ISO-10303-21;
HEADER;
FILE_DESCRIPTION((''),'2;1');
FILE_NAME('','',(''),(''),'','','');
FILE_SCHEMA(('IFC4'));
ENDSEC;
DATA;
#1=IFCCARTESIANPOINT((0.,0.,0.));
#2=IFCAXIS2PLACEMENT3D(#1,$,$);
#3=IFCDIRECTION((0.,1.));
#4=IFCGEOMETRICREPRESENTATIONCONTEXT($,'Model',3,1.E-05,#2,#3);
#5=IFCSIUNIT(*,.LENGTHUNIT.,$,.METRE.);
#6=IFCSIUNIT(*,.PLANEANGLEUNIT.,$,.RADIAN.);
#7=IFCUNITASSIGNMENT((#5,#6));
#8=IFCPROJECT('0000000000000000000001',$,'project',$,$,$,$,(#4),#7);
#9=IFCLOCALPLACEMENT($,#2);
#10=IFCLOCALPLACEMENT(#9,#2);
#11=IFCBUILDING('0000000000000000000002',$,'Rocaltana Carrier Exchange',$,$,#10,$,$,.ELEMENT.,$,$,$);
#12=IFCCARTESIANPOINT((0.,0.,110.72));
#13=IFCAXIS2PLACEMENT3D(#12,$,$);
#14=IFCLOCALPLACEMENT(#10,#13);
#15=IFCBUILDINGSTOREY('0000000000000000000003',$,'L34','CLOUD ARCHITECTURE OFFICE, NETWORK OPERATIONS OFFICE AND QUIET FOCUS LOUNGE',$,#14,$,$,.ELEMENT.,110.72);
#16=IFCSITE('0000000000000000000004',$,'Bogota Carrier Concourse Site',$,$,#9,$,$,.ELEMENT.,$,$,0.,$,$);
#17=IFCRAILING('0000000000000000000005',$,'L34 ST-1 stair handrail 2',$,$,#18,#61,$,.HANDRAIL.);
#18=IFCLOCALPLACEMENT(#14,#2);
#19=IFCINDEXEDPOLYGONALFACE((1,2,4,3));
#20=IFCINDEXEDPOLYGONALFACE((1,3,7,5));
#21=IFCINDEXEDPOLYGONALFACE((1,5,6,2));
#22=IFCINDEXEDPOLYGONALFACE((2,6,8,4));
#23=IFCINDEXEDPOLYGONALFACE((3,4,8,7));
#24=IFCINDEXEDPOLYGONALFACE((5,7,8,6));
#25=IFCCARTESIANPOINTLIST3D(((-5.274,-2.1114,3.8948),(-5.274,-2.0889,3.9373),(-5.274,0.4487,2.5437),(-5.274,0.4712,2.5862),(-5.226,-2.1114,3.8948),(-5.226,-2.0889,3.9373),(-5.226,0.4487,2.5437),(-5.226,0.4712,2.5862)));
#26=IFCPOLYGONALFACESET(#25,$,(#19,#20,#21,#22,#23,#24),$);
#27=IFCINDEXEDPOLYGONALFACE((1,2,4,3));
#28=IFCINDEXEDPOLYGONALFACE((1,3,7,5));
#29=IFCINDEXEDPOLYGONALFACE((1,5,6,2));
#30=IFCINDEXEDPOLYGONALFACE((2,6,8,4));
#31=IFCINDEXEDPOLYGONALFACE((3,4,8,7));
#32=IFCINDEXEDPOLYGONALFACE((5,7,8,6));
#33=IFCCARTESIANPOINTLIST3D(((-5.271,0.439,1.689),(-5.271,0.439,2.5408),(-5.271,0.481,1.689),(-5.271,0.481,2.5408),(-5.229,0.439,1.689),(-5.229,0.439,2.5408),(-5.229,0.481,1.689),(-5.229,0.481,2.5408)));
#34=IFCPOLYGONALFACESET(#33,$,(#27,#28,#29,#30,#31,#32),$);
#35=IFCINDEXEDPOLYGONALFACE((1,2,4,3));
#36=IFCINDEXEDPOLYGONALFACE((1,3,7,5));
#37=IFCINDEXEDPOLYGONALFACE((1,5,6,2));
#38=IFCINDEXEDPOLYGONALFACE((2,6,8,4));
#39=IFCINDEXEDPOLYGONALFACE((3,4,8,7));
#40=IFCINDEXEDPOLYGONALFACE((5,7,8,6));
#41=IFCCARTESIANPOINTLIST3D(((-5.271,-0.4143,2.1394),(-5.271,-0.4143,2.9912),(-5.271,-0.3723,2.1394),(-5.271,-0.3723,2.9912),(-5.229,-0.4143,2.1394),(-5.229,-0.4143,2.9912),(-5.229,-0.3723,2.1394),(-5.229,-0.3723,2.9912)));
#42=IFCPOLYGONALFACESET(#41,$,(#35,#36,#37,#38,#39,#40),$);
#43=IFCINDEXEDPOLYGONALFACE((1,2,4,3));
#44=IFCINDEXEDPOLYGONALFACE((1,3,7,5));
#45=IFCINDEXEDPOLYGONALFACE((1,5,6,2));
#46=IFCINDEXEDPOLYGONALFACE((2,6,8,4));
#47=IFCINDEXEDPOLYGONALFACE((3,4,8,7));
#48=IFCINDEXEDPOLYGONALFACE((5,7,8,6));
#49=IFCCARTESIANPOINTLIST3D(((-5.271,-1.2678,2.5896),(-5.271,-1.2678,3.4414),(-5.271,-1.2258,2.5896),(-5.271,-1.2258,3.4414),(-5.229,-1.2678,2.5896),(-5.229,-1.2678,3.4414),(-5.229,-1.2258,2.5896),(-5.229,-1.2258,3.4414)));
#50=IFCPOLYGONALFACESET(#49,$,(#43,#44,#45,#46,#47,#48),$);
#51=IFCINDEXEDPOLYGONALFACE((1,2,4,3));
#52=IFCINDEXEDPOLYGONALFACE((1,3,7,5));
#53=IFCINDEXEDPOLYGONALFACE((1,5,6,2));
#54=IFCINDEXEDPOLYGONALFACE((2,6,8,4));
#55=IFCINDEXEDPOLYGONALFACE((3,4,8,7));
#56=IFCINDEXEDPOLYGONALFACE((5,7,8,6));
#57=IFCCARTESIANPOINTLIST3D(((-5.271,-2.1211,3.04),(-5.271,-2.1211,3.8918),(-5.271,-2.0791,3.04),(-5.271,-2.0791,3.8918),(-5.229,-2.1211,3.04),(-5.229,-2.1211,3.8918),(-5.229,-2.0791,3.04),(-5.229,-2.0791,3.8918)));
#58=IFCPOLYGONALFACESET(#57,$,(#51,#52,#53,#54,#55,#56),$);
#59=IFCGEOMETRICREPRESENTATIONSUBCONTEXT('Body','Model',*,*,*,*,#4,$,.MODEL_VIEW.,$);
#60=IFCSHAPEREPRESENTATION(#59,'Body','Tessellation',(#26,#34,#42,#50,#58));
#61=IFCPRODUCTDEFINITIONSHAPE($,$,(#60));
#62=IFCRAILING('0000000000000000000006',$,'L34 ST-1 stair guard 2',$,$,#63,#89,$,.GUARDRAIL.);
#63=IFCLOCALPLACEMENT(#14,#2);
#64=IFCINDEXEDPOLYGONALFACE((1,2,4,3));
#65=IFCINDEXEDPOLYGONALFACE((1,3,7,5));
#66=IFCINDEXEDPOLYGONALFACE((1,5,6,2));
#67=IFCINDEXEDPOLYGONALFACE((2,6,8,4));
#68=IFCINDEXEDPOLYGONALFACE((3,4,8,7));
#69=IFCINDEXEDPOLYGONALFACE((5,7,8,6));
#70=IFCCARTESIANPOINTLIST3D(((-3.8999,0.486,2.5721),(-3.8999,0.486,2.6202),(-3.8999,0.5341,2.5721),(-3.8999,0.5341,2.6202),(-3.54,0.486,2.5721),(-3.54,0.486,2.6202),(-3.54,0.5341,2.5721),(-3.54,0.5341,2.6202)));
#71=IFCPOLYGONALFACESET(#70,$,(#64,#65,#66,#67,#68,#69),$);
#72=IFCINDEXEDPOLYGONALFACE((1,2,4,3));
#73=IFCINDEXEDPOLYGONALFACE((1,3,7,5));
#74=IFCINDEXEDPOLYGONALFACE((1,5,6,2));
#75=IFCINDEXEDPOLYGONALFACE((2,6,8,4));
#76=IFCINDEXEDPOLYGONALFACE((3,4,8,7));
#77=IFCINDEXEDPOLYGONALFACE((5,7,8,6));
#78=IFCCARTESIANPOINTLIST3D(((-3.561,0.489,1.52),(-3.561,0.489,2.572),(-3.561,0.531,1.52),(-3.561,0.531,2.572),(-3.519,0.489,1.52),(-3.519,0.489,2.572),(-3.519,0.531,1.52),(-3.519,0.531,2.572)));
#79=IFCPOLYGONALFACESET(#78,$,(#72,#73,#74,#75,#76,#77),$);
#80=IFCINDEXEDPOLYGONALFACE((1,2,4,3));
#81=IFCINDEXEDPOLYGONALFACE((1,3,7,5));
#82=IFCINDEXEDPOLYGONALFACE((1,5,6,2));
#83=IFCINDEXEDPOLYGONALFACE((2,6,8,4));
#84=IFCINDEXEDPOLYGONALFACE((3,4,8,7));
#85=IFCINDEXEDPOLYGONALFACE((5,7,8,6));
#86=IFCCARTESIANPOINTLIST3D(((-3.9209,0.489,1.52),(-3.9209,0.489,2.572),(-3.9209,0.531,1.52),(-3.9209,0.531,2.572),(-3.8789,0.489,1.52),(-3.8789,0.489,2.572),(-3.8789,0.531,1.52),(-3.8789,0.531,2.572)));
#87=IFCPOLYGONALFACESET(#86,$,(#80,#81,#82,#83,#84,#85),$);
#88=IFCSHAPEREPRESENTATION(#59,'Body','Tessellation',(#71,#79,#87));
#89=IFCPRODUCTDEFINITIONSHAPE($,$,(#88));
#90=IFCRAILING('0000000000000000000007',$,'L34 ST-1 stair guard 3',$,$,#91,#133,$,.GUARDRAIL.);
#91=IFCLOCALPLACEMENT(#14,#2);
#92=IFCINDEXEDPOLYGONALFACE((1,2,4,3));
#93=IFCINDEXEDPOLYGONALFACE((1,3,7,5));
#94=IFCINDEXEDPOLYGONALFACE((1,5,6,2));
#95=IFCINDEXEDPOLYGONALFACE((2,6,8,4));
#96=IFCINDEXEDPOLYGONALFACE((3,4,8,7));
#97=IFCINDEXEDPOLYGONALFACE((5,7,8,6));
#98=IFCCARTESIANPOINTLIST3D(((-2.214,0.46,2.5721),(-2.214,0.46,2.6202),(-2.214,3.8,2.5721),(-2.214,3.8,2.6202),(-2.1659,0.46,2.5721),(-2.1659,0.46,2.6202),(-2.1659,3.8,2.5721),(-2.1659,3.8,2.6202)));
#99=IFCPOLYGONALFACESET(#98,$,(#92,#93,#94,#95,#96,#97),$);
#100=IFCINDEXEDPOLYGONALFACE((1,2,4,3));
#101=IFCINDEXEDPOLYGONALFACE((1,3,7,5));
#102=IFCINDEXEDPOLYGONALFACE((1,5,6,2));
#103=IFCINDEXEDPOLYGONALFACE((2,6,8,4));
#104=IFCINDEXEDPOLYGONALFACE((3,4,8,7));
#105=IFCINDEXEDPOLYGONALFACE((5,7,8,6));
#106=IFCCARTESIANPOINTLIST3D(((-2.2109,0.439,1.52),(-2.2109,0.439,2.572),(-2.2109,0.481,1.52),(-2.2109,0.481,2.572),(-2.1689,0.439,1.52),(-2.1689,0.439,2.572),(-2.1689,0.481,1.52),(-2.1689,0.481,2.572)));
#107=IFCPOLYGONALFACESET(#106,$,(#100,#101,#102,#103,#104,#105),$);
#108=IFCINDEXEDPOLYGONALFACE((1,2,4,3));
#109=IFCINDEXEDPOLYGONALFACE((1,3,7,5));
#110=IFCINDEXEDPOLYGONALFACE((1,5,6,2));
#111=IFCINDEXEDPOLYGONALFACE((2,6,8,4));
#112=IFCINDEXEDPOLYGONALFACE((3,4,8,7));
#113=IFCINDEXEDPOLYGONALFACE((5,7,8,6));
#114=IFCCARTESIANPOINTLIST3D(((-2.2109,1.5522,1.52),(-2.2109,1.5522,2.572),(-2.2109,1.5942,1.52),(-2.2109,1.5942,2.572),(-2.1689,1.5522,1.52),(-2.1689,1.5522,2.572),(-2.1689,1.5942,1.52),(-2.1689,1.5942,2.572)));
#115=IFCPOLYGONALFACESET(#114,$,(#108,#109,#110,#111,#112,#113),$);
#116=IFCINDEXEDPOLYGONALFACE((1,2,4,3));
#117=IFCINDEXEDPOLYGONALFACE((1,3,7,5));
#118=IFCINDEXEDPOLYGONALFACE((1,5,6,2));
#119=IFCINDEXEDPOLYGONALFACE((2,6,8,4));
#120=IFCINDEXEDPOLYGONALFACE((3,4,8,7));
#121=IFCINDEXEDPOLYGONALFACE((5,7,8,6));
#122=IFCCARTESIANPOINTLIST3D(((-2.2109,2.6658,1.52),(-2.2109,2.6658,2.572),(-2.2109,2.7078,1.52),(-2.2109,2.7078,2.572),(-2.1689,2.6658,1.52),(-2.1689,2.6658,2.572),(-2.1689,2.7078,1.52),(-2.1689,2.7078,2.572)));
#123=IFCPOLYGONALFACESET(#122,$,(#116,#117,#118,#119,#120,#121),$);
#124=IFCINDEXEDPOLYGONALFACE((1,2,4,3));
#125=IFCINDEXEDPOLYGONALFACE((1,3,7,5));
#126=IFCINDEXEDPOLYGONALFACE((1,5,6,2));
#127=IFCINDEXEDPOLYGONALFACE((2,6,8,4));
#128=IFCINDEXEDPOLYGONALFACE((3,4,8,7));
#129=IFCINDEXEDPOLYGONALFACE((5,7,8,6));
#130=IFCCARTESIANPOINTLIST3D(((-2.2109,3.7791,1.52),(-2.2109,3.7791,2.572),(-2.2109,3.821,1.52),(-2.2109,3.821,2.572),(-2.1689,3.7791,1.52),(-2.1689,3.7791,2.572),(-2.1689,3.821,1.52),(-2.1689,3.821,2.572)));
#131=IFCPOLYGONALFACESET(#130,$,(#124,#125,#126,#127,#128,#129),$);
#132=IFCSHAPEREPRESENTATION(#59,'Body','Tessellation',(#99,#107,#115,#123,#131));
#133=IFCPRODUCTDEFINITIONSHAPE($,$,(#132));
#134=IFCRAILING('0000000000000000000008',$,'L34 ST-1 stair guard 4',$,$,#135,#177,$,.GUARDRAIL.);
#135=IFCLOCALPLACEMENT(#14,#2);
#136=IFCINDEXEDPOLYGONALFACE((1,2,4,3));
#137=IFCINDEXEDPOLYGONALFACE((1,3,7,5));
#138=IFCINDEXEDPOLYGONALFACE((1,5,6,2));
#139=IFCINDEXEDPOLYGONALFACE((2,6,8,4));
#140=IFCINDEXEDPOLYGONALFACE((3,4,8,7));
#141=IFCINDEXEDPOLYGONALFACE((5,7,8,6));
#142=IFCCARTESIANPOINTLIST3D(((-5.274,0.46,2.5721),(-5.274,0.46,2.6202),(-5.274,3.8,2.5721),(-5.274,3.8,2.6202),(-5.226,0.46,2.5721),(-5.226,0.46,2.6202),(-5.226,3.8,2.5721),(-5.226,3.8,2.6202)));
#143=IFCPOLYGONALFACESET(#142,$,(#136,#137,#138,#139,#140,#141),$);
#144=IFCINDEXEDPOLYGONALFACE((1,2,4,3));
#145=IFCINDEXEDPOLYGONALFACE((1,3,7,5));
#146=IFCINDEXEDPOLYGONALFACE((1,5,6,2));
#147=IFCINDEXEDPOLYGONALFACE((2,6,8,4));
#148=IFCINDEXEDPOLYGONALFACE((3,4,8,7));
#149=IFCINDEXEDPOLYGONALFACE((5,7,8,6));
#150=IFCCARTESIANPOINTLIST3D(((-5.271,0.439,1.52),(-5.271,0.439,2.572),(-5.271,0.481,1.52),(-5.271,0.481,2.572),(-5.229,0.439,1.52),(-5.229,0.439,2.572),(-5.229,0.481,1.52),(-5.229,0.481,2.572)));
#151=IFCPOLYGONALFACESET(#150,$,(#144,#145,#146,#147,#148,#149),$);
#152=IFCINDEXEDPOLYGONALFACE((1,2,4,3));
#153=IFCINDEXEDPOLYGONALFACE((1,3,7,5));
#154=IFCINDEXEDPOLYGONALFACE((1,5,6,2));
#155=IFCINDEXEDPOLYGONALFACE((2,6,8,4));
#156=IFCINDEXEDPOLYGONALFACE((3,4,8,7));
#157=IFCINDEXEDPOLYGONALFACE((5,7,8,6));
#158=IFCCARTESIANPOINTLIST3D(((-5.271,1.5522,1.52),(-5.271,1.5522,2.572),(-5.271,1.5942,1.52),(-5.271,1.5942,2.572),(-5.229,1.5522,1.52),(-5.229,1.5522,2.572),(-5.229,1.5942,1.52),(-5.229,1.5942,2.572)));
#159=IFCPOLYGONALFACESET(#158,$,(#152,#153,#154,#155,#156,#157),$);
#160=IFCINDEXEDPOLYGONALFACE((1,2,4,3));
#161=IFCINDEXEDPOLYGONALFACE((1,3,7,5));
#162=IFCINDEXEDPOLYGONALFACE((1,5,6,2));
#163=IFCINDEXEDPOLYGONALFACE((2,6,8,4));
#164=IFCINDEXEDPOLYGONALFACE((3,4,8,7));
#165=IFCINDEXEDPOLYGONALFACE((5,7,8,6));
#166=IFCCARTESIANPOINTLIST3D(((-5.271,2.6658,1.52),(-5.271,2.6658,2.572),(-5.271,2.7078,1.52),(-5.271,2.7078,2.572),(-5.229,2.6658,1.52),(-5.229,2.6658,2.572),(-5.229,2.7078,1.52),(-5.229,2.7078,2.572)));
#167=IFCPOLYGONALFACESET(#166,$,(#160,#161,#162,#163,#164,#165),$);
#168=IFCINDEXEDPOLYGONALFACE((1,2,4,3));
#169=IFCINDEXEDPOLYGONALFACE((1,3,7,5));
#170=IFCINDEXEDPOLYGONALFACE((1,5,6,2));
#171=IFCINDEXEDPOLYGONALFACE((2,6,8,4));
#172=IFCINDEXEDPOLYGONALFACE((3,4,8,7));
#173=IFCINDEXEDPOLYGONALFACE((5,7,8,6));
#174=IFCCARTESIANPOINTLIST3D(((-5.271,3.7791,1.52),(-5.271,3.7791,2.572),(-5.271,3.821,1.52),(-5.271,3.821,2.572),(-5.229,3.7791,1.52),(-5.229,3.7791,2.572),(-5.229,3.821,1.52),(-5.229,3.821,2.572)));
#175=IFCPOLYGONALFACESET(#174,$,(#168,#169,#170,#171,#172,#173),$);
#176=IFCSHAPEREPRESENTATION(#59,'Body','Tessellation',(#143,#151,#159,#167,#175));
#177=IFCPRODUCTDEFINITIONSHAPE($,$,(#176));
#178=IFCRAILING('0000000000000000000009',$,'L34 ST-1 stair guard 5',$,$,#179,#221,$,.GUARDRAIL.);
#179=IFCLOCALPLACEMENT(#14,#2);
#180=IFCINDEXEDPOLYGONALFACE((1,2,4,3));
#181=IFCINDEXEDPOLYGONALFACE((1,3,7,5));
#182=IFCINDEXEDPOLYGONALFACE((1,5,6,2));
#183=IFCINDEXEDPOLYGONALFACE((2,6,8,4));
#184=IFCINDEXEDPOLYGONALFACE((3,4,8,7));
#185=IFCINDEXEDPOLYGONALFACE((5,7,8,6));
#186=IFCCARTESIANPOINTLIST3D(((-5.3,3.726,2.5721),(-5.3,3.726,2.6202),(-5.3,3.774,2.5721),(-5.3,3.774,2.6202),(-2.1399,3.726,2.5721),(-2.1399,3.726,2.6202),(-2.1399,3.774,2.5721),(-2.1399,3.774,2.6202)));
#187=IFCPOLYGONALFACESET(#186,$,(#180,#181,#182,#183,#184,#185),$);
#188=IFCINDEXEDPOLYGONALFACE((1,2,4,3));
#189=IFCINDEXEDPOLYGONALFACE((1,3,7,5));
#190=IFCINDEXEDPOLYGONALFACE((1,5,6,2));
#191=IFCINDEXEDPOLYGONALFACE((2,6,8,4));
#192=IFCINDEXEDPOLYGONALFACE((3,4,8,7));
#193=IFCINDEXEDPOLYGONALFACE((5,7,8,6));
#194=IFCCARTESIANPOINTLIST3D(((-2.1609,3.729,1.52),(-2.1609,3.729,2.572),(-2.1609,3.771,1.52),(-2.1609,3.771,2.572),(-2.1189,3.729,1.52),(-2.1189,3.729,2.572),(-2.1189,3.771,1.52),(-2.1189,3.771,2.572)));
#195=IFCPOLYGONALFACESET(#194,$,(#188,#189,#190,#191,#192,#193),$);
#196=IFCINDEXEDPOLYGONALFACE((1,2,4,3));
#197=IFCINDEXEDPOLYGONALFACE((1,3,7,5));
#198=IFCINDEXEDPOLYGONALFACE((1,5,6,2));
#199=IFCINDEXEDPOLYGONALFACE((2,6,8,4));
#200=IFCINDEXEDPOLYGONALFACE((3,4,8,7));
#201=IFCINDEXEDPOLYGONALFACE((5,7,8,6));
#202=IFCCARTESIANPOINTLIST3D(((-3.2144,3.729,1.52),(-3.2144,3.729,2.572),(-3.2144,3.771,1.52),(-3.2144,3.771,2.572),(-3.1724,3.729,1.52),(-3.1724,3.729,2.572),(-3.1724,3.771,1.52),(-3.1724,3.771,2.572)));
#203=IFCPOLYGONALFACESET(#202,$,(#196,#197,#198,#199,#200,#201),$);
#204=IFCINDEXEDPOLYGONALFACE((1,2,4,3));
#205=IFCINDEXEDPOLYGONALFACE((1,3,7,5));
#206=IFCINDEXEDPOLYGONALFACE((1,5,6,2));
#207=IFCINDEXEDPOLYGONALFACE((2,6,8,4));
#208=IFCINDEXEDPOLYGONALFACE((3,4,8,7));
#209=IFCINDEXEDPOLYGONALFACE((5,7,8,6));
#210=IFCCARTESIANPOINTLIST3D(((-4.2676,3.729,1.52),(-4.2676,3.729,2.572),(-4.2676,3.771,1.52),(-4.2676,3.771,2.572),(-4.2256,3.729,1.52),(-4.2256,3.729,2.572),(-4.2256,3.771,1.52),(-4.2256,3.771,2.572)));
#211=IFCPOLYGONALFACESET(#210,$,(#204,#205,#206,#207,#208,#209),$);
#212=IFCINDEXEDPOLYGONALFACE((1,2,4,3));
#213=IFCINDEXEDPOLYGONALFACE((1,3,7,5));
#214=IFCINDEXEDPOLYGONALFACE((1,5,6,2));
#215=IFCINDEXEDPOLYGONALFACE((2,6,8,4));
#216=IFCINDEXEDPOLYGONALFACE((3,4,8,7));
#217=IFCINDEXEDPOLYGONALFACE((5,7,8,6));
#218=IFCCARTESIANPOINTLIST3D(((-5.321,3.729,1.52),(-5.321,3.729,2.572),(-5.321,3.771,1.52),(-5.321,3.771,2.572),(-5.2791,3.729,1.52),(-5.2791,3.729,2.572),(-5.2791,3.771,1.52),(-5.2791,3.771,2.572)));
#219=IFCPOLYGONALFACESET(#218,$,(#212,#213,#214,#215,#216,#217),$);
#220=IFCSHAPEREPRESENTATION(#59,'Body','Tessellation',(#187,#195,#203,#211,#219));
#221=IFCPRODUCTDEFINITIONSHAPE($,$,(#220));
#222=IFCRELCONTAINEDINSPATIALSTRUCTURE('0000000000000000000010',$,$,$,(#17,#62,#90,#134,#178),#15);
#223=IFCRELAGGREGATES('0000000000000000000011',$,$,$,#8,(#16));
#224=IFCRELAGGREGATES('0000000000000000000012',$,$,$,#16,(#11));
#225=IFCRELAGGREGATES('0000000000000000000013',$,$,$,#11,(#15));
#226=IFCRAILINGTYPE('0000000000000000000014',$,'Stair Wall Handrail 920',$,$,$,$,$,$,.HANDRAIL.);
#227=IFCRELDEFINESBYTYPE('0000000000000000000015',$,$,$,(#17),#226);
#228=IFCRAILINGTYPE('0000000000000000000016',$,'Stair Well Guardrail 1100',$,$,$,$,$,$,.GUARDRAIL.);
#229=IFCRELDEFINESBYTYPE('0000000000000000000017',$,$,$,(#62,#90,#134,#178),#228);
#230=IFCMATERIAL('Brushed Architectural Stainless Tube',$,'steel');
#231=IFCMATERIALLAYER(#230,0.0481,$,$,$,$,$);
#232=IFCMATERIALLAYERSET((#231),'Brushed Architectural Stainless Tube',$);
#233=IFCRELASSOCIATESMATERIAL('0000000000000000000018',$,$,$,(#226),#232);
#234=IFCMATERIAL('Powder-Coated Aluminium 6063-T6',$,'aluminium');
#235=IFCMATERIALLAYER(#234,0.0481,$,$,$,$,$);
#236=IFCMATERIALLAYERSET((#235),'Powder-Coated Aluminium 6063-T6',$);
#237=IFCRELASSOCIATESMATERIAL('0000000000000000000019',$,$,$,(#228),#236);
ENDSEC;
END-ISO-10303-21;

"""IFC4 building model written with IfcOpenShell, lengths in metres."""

from ifc_helpers import new_model, si_unit, direction, frame, origin, origin_2d, place, context, subcontext, project, spatial, rectangle, extrude, material, layer, layer_set, type_object, element, save


model = new_model("IFC4")

# Units and contexts
model_context = context("Model", 3, precision=1e-05, world=origin(), true_north=direction((0.0, 1.0)))
body_context = subcontext(model_context, "Body", "Model", "MODEL_VIEW")
ifc_project = project(units=[si_unit("LENGTHUNIT", "METRE"), si_unit("PLANEANGLEUNIT", "RADIAN")], contexts=[model_context])

# Site, building, storey
site_placement = place(None, origin())
site = spatial("IfcSite", under=ifc_project, at=site_placement, Name="Bogota Carrier Concourse Site", CompositionType="ELEMENT", RefElevation=0.0)
building_placement = place(site_placement, origin())
building = spatial("IfcBuilding", under=site, at=building_placement, Name="Rocaltana Carrier Exchange", CompositionType="ELEMENT")
storey_placement = place(building_placement, frame((0.0, 0.0, 110.72)))
storey = spatial("IfcBuildingStorey", under=building, at=storey_placement, Name="L34", Description="CLOUD ARCHITECTURE OFFICE, NETWORK OPERATIONS OFFICE AND QUIET FOCUS LOUNGE", CompositionType="ELEMENT", Elevation=110.72)

# Railings
ifc_material_1 = material(Name="Brushed Architectural Stainless Tube", Category="steel")
ifc_layer_1 = layer(ifc_material_1, 0.0481)
ifc_layer_set_1 = layer_set([ifc_layer_1], Name="Brushed Architectural Stainless Tube")
railing_type_1 = type_object("IfcRailingType", Name="Stair Wall Handrail 920", PredefinedType="HANDRAIL", material=ifc_layer_set_1)
railing_1_placement = place(storey_placement, frame((-5.25, 0.46, 1.689)))
element("IfcRailing", 1, at=railing_1_placement, inside=storey, type_object=railing_type_1, Name="L34 ST-1 stair handrail 2", PredefinedType="HANDRAIL", context=body_context, shape_type="SweptSolid", body=[
    extrude(rectangle(XDim=0.0481, YDim=0.0481, at=origin_2d()), frame((0.0, 0.0, 0.876), z_axis=(0.0, -0.884394, 0.46674), x_axis=(1.0, 0.0, 0.0)), (0.0, 0.0, 1.0), 2.8948),
    extrude(rectangle(XDim=0.042, YDim=0.042, at=origin_2d()), origin(), (0.0, 0.0, 1.0), 0.8518),
    extrude(rectangle(XDim=0.042, YDim=0.042, at=origin_2d()), frame((0.0, -0.8533, 0.4504)), (0.0, 0.0, 1.0), 0.8518),
    extrude(rectangle(XDim=0.042, YDim=0.042, at=origin_2d()), frame((0.0, -1.7068, 0.9006)), (0.0, 0.0, 1.0), 0.8518),
    extrude(rectangle(XDim=0.042, YDim=0.042, at=origin_2d()), frame((0.0, -2.5601, 1.3511)), (0.0, 0.0, 1.0), 0.8518),
])
ifc_material_2 = material(Name="Powder-Coated Aluminium 6063-T6", Category="aluminium")
ifc_layer_2 = layer(ifc_material_2, 0.0481)
ifc_layer_set_2 = layer_set([ifc_layer_2], Name="Powder-Coated Aluminium 6063-T6")
railing_type_2 = type_object("IfcRailingType", Name="Stair Well Guardrail 1100", PredefinedType="GUARDRAIL", material=ifc_layer_set_2)
railing_2_placement = place(storey_placement, frame((-3.54, 0.51, 1.52)))
element("IfcRailing", 2, at=railing_2_placement, inside=storey, type_object=railing_type_2, Name="L34 ST-1 stair guard 2", PredefinedType="GUARDRAIL", context=body_context, shape_type="SweptSolid", body=[
    extrude(rectangle(XDim=0.0481, YDim=0.0481, at=origin_2d()), frame((0.0, 0.0, 1.0762), z_axis=(-1.0, 0.0, 0.0), x_axis=(0.0, -1.0, 0.0)), (0.0, 0.0, 1.0), 0.3599),
    extrude(rectangle(XDim=0.042, YDim=0.042, at=origin_2d()), origin(), (0.0, 0.0, 1.0), 1.052),
    extrude(rectangle(XDim=0.042, YDim=0.042, at=origin_2d()), frame((-0.3599, 0.0, 0.0)), (0.0, 0.0, 1.0), 1.052),
])
for number, where, name in (
    (3, (-2.1899, 0.46, 1.52), "L34 ST-1 stair guard 3"),
    (4, (-5.25, 0.46, 1.52), "L34 ST-1 stair guard 4"),
):
    element("IfcRailing", number, at=place(storey_placement, frame(where)), inside=storey, type_object=railing_type_2, Name=name, PredefinedType="GUARDRAIL", context=body_context, shape_type="SweptSolid", body=[
        extrude(rectangle(XDim=0.0481, YDim=0.0481, at=origin_2d()), frame((0.0, 0.0, 1.0762), z_axis=(0.0, 1.0, 0.0), x_axis=(-1.0, 0.0, 0.0)), (0.0, 0.0, 1.0), 3.3401),
        extrude(rectangle(XDim=0.042, YDim=0.042, at=origin_2d()), origin(), (0.0, 0.0, 1.0), 1.052),
        extrude(rectangle(XDim=0.042, YDim=0.042, at=origin_2d()), frame((0.0, 1.1133, 0.0)), (0.0, 0.0, 1.0), 1.052),
        extrude(rectangle(XDim=0.042, YDim=0.042, at=origin_2d()), frame((0.0, 2.2268, 0.0)), (0.0, 0.0, 1.0), 1.052),
        extrude(rectangle(XDim=0.042, YDim=0.042, at=origin_2d()), frame((0.0, 3.3401, 0.0)), (0.0, 0.0, 1.0), 1.052),
    ])
railing_3_placement = place(storey_placement, frame((-2.1399, 3.75, 1.52)))
element("IfcRailing", 5, at=railing_3_placement, inside=storey, type_object=railing_type_2, Name="L34 ST-1 stair guard 5", PredefinedType="GUARDRAIL", context=body_context, shape_type="SweptSolid", body=[
    extrude(rectangle(XDim=0.0481, YDim=0.0481, at=origin_2d()), frame((0.0, 0.0, 1.0762), z_axis=(-1.0, 0.0, 0.0), x_axis=(0.0, -1.0, 0.0)), (0.0, 0.0, 1.0), 3.1602),
    extrude(rectangle(XDim=0.042, YDim=0.042, at=origin_2d()), origin(), (0.0, 0.0, 1.0), 1.052),
    extrude(rectangle(XDim=0.042, YDim=0.042, at=origin_2d()), frame((-1.0535, 0.0, 0.0)), (0.0, 0.0, 1.0), 1.052),
    extrude(rectangle(XDim=0.042, YDim=0.042, at=origin_2d()), frame((-2.1067, 0.0, 0.0)), (0.0, 0.0, 1.0), 1.052),
    extrude(rectangle(XDim=0.042, YDim=0.042, at=origin_2d()), frame((-3.1602, 0.0, 0.0)), (0.0, 0.0, 1.0), 1.052),
])

save(model, "model.ifc")
